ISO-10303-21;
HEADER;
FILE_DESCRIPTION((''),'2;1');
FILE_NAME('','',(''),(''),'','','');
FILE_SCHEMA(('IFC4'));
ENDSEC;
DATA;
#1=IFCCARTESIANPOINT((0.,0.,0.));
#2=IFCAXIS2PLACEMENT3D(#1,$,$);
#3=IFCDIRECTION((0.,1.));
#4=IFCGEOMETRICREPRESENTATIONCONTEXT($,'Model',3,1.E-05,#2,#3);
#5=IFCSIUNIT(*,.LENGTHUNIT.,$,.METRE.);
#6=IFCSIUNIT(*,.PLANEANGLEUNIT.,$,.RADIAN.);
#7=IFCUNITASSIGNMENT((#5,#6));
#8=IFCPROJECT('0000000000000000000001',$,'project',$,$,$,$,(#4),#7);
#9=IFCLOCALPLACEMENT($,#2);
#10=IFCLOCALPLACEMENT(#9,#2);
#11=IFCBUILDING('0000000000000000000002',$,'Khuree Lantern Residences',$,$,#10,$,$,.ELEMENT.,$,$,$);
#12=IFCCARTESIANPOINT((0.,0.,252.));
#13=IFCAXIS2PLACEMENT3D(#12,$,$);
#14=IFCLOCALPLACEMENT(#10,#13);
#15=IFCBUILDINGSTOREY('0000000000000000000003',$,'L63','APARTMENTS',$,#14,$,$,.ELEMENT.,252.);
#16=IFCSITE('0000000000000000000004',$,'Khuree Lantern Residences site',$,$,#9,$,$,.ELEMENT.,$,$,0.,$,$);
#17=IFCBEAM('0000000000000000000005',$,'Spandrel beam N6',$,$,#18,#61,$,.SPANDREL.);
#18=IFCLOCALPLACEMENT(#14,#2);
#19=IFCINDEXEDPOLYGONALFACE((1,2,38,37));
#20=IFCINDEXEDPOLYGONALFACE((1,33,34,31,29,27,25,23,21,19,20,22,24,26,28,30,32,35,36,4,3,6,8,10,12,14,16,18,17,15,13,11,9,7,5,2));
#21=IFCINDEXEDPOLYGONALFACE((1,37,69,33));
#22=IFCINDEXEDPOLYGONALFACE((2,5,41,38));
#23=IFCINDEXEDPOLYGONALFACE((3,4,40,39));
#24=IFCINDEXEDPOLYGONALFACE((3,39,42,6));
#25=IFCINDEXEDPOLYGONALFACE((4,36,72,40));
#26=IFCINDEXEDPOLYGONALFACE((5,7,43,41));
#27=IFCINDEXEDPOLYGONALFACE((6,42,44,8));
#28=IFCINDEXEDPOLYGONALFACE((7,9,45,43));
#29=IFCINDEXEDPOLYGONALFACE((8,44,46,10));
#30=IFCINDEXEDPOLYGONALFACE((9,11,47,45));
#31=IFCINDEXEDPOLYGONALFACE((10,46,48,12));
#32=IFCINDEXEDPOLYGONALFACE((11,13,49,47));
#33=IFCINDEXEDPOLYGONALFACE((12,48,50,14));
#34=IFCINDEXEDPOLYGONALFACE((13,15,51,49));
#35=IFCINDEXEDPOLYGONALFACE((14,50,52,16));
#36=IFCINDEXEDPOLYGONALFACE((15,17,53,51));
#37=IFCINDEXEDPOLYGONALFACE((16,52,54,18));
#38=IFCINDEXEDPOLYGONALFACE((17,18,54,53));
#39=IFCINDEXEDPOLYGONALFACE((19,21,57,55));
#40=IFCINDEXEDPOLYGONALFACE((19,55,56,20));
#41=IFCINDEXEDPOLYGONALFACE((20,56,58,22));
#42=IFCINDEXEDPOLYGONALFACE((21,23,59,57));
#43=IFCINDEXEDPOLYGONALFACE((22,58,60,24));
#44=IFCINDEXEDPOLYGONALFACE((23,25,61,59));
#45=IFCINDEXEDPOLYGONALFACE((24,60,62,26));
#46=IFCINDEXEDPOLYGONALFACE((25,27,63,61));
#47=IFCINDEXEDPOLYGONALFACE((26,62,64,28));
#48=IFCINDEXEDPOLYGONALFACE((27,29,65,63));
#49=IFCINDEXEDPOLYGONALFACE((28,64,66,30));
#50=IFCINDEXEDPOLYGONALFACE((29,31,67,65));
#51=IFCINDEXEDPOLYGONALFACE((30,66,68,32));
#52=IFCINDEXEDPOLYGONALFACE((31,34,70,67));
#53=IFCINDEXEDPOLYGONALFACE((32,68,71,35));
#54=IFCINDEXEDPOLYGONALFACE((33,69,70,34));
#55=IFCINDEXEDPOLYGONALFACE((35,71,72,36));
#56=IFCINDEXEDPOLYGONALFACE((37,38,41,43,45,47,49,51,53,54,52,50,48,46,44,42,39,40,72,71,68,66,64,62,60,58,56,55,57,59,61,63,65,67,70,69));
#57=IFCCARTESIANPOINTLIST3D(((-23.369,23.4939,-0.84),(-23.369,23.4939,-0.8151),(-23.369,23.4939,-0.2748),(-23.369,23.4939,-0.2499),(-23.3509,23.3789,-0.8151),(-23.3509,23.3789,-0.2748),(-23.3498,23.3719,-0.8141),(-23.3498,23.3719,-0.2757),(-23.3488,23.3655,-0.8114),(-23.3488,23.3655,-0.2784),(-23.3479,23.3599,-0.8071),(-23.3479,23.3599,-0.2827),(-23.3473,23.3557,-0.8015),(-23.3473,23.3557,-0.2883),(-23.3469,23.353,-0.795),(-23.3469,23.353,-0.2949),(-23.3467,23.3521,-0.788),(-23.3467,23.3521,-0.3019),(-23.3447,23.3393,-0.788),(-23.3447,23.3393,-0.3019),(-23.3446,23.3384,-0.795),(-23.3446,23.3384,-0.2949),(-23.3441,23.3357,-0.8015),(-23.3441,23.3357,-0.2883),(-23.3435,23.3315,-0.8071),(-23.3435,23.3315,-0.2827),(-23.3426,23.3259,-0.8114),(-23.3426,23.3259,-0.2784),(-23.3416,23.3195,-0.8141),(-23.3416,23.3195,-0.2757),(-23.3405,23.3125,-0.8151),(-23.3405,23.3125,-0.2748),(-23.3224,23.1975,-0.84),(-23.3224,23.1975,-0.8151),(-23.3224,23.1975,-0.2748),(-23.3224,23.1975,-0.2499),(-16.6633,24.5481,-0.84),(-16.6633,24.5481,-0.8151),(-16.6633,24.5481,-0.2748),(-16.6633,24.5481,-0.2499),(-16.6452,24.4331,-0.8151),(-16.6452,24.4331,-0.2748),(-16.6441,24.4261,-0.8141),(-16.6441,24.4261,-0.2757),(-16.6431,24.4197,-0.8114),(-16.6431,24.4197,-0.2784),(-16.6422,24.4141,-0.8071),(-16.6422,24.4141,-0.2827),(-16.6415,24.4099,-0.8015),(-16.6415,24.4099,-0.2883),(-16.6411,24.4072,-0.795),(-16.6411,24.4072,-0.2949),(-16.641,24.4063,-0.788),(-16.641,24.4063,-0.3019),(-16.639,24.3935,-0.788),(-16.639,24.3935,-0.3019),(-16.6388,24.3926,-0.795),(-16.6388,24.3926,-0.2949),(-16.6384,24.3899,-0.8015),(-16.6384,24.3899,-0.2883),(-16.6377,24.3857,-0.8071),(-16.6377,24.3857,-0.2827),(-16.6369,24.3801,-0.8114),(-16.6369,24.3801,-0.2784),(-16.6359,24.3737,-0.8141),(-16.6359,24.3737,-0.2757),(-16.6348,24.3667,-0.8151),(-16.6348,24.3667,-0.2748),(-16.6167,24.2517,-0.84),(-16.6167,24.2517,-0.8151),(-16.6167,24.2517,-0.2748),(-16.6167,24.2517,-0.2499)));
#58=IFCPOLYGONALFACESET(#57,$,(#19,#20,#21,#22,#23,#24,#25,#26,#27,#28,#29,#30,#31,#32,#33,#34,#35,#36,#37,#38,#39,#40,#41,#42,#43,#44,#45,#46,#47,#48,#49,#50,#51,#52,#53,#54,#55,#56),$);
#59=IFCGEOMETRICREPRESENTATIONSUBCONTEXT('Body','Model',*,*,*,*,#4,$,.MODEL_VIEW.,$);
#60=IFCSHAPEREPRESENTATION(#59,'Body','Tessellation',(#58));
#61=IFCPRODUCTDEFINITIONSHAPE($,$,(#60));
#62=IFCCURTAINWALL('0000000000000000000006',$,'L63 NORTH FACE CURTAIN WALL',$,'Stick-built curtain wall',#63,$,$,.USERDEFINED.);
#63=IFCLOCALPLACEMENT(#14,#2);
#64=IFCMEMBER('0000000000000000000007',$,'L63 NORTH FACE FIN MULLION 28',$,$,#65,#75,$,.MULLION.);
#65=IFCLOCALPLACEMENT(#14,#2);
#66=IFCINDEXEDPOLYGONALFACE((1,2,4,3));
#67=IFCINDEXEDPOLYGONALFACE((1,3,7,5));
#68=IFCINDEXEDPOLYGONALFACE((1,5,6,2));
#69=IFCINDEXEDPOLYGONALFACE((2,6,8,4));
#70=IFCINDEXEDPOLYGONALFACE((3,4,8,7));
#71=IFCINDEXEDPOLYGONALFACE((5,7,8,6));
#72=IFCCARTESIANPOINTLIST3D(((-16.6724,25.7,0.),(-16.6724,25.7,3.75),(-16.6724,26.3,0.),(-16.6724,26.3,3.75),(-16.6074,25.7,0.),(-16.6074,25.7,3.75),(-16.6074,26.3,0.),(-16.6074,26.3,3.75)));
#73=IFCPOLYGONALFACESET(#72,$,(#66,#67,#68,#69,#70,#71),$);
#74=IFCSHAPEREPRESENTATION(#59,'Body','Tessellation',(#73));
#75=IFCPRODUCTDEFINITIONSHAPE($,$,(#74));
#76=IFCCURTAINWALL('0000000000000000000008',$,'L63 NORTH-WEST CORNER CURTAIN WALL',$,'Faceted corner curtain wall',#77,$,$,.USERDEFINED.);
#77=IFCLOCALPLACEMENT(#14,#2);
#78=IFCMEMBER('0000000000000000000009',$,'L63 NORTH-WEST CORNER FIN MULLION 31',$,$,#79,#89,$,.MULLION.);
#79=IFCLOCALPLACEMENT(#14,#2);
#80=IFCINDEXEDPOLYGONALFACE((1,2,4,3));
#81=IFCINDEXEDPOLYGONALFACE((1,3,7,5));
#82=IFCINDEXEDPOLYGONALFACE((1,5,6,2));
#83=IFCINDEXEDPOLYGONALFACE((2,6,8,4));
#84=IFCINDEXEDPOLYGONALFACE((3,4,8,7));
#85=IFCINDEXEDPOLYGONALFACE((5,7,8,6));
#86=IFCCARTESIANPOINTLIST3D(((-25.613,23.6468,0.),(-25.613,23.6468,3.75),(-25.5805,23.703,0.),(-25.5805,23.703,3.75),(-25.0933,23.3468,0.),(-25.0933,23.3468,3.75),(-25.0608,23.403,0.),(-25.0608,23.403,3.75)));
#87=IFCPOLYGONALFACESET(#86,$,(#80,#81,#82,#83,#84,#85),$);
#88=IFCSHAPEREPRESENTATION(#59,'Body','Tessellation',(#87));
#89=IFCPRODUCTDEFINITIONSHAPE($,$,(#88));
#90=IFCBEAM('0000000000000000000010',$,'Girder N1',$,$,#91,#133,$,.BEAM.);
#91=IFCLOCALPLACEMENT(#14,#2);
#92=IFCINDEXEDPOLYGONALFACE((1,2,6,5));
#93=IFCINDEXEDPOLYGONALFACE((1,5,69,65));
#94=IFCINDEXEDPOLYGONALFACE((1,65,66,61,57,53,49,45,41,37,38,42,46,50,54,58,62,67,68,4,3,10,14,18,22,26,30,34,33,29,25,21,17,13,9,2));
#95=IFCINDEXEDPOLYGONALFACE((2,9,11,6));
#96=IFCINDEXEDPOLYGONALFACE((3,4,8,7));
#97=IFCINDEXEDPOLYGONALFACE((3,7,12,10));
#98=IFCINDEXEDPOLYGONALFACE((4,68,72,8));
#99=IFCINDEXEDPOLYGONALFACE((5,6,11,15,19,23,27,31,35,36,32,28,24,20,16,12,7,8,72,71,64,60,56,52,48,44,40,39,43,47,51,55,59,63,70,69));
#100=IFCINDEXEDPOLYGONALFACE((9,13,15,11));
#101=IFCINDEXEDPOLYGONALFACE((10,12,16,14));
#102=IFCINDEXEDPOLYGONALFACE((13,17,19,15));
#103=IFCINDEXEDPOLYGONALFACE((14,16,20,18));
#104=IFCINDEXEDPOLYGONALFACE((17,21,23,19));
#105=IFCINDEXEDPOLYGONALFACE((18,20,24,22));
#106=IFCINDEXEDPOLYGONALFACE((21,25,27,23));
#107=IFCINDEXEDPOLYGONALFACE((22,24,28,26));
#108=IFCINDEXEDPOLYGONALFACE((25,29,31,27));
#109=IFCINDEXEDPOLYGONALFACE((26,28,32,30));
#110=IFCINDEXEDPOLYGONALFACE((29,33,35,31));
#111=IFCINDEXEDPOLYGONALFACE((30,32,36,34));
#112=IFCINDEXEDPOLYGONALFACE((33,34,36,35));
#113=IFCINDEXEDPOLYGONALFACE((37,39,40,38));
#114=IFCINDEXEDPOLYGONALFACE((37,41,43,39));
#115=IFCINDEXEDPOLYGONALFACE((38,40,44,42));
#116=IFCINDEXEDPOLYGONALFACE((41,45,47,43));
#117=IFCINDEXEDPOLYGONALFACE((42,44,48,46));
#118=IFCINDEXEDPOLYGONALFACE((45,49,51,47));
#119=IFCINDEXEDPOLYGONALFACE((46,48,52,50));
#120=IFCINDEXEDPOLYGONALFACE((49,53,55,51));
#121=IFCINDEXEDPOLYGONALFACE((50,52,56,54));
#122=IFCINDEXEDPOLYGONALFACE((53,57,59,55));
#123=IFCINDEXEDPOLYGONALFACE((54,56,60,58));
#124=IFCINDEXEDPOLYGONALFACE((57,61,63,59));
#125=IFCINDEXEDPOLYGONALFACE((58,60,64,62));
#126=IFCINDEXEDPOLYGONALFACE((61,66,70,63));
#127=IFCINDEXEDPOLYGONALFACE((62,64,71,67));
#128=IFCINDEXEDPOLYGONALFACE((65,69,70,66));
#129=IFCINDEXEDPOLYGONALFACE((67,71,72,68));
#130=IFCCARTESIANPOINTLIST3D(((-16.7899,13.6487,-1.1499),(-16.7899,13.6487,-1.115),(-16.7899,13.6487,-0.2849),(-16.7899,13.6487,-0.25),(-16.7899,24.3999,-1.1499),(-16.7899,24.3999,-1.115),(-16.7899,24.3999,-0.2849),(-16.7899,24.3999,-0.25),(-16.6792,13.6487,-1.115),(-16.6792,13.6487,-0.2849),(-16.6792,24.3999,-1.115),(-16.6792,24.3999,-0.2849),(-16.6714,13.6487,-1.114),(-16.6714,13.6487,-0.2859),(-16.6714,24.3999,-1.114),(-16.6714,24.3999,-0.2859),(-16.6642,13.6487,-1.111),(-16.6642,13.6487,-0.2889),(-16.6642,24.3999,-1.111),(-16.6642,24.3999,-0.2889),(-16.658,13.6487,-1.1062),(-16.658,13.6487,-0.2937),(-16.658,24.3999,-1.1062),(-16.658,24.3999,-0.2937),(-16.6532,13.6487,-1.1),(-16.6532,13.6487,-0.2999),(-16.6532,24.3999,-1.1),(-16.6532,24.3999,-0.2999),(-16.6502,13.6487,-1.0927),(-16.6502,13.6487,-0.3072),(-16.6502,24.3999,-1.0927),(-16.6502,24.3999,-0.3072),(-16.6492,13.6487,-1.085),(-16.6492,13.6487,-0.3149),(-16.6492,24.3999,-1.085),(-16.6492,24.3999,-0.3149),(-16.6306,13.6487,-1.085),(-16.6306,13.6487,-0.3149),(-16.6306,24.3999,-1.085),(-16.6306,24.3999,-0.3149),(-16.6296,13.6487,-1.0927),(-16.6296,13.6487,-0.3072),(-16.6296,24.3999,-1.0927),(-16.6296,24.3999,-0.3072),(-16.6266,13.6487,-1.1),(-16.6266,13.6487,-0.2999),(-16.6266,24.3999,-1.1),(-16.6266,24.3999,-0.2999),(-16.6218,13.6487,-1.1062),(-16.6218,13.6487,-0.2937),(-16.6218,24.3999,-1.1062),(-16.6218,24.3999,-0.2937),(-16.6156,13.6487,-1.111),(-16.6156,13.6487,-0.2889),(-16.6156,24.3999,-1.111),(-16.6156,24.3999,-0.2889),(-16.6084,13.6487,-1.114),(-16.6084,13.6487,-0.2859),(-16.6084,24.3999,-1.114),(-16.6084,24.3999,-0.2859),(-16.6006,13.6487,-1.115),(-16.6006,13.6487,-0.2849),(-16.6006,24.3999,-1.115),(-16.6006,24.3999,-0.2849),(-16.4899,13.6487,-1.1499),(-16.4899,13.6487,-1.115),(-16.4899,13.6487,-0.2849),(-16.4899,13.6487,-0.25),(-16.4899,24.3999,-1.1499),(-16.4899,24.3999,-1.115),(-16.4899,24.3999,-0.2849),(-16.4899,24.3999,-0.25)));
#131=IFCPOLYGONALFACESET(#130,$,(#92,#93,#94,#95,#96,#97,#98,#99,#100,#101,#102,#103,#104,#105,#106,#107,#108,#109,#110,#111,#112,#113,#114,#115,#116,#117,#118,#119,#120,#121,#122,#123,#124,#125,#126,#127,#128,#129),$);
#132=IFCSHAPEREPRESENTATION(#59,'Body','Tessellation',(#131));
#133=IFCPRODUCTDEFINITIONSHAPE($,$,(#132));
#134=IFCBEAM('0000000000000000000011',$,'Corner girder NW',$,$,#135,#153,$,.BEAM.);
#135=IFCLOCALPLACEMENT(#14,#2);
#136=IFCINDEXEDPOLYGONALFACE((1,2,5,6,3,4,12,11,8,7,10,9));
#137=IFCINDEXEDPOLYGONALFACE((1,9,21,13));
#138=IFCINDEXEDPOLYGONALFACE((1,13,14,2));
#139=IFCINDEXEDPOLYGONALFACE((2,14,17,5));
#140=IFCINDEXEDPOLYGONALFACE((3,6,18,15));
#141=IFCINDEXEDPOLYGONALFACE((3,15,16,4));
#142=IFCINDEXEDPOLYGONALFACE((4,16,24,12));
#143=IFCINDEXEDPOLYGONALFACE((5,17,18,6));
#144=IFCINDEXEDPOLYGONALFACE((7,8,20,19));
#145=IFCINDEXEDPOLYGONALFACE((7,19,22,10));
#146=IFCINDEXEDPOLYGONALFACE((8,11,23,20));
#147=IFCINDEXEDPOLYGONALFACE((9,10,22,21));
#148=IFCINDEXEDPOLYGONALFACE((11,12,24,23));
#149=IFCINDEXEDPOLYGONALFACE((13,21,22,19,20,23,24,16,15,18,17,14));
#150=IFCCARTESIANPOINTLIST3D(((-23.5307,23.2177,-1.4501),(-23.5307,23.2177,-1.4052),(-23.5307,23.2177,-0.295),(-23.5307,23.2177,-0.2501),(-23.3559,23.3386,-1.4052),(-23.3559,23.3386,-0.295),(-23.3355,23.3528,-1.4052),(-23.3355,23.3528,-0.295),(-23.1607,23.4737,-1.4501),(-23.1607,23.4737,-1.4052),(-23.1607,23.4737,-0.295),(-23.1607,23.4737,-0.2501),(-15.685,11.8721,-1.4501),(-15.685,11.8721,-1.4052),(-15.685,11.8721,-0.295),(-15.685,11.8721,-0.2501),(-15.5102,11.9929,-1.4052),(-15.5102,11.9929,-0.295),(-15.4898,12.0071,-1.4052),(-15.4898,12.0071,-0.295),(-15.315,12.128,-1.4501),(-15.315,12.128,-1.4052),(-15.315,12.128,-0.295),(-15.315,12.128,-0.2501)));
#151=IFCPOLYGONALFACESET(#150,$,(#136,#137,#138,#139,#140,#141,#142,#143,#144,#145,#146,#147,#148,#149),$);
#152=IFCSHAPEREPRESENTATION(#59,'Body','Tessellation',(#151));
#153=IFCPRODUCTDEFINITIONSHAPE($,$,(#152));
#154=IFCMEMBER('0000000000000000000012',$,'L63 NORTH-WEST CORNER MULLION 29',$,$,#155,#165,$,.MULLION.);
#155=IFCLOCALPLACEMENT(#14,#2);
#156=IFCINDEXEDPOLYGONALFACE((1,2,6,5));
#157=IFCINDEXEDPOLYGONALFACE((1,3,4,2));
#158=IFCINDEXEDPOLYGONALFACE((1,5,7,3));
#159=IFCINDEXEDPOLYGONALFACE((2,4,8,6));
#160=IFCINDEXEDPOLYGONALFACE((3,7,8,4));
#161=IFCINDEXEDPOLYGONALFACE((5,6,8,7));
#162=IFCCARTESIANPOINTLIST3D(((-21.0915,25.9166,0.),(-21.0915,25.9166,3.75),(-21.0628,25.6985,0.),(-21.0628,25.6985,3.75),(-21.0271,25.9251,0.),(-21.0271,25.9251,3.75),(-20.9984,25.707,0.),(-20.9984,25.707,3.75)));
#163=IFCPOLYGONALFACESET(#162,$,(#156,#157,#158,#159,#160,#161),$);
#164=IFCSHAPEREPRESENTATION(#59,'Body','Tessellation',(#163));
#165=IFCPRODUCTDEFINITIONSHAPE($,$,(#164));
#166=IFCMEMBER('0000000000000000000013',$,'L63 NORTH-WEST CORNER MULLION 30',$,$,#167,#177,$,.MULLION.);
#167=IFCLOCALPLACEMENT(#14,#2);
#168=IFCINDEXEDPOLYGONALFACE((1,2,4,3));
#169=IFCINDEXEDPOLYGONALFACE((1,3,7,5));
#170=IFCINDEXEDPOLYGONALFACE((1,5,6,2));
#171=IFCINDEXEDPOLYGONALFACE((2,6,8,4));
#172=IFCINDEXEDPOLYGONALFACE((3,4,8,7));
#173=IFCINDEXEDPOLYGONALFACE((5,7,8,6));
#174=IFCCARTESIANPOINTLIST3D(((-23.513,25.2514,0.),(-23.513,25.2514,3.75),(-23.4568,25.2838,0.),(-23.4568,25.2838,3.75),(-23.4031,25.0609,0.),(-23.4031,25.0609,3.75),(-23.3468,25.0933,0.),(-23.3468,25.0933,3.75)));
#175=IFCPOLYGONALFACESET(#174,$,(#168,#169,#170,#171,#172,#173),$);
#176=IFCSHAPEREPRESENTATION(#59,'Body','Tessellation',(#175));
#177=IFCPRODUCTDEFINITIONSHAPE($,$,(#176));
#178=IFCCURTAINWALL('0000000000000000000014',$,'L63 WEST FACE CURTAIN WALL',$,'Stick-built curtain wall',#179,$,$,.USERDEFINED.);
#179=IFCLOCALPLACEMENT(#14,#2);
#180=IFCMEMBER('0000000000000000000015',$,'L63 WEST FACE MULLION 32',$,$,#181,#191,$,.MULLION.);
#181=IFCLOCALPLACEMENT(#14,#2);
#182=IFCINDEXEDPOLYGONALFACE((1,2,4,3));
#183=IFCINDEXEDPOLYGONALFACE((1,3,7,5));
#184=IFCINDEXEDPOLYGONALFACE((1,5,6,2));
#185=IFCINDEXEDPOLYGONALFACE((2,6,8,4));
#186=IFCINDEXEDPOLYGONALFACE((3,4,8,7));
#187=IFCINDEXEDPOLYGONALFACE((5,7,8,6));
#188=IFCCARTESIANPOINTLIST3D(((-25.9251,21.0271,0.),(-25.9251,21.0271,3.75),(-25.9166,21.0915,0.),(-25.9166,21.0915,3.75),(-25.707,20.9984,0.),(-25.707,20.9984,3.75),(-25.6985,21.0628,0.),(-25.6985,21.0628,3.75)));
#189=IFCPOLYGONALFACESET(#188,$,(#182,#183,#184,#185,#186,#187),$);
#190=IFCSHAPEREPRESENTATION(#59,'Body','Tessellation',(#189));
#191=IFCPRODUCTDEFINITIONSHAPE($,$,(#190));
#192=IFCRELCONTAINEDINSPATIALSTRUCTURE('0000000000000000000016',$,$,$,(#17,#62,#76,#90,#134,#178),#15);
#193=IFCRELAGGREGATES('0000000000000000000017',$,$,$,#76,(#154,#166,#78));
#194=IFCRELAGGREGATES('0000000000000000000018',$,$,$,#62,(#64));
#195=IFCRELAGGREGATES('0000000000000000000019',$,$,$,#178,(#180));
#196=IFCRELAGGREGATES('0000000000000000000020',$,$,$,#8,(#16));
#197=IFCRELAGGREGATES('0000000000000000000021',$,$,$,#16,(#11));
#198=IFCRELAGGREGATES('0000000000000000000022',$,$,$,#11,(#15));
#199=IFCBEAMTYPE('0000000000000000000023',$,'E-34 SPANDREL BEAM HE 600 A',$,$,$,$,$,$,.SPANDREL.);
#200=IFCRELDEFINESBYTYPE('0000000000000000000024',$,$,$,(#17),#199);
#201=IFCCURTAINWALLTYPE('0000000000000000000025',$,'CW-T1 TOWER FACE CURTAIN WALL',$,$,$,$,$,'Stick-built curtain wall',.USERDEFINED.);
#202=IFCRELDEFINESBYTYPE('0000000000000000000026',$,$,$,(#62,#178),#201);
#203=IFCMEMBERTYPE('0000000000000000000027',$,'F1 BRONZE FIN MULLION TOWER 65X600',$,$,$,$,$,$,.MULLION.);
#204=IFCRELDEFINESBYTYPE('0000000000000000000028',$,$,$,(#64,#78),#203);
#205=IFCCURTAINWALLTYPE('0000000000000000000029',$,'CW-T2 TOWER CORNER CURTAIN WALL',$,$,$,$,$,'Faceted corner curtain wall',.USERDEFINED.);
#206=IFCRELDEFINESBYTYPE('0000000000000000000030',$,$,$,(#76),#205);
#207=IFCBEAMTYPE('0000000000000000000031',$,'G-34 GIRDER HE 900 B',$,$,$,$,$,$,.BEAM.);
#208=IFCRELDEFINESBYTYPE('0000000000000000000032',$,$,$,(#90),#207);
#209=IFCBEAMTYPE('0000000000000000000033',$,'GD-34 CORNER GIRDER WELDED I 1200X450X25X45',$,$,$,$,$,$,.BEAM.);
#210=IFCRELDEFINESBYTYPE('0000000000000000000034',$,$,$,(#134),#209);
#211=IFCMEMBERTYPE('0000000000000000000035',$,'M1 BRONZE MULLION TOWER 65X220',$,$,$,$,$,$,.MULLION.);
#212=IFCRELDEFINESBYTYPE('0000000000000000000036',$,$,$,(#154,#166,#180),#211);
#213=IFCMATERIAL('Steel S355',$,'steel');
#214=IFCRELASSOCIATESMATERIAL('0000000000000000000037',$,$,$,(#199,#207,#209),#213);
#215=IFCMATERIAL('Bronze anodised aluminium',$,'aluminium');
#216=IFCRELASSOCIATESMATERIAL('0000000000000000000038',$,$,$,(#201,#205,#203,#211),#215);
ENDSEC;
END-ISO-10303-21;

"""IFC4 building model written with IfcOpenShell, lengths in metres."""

from ifc_helpers import new_model, si_unit, direction, frame, origin, origin_2d, place, context, subcontext, project, spatial, rectangle, i_section, extrude, material, material_profile, profile_set, type_object, element, aggregate, save


model = new_model("IFC4")

# Units and contexts
model_context = context("Model", 3, precision=1e-05, world=origin(), true_north=direction((0.0, 1.0)))
body_context = subcontext(model_context, "Body", "Model", "MODEL_VIEW")
ifc_project = project(units=[si_unit("LENGTHUNIT", "METRE"), si_unit("PLANEANGLEUNIT", "RADIAN")], contexts=[model_context])

# Site, building, storey
site_placement = place(None, origin())
site = spatial("IfcSite", under=ifc_project, at=site_placement, Name="Khuree Lantern Residences site", CompositionType="ELEMENT", RefElevation=0.0)
building_placement = place(site_placement, origin())
building = spatial("IfcBuilding", under=site, at=building_placement, Name="Khuree Lantern Residences", CompositionType="ELEMENT")
storey_placement = place(building_placement, frame((0.0, 0.0, 252.0)))
storey = spatial("IfcBuildingStorey", under=building, at=storey_placement, Name="L63", Description="APARTMENTS", CompositionType="ELEMENT", Elevation=252.0)

# Beam
ifc_material_1 = material(Name="Steel S355", Category="steel")
ifc_material_profile_1 = material_profile(ifc_material_1, i_section(OverallWidth=0.3, OverallDepth=0.5901, WebThickness=0.0129, FlangeThickness=0.0249, FilletRadius=0.0271, at=origin_2d()), Name="HE 600 A")
ifc_profile_set_1 = profile_set([ifc_material_profile_1], Name="Steel S355")
beam_type_1 = type_object("IfcBeamType", Name="E-34 SPANDREL BEAM HE 600 A", PredefinedType="SPANDREL", material=ifc_profile_set_1)
beam_1_placement = place(storey_placement, frame((-23.3457, 23.3457, -0.5449), z_axis=(0.987867, 0.1553, 0.0), x_axis=(-0.1553, 0.987867, 0.0)))
element("IfcBeam", 1, at=beam_1_placement, inside=storey, type_object=beam_type_1, Name="Spandrel beam N6", PredefinedType="SPANDREL", context=body_context, shape_type="SweptSolid", body=[
    extrude(i_section(OverallWidth=0.3, OverallDepth=0.5901, WebThickness=0.0129, FlangeThickness=0.0249, FilletRadius=0.0271, at=origin_2d()), origin(), (0.0, 0.0, 1.0), 6.7881),
])

# Curtain walls, members
ifc_material_2 = material(Name="Bronze anodised aluminium", Category="aluminium")
curtain_wall_type_1 = type_object("IfcCurtainWallType", Name="CW-T1 TOWER FACE CURTAIN WALL", ElementType="Stick-built curtain wall", PredefinedType="USERDEFINED", material=ifc_material_2)
curtain_wall_1_placement = place(storey_placement, origin())
curtain_wall_1 = element("IfcCurtainWall", 2, at=curtain_wall_1_placement, inside=storey, type_object=curtain_wall_type_1, Name="L63 NORTH FACE CURTAIN WALL", ObjectType="Stick-built curtain wall", PredefinedType="USERDEFINED")
ifc_material_profile_2 = material_profile(ifc_material_2, rectangle(XDim=0.0649, YDim=0.6001, at=origin_2d()), Name="F1 65X600")
ifc_profile_set_2 = profile_set([ifc_material_profile_2], Name="Bronze anodised aluminium")
member_type_1 = type_object("IfcMemberType", Name="F1 BRONZE FIN MULLION TOWER 65X600", PredefinedType="MULLION", material=ifc_profile_set_2)
member_1_placement = place(storey_placement, frame((-16.6399, 26.0, 0.0), z_axis=(0.0, 0.0, 1.0), x_axis=(-1.0, 0.0, 0.0)))
member_1 = element("IfcMember", 3, at=member_1_placement, type_object=member_type_1, Name="L63 NORTH FACE FIN MULLION 28", PredefinedType="MULLION", context=body_context, shape_type="SweptSolid", body=[
    extrude(rectangle(XDim=0.0649, YDim=0.6001, at=origin_2d()), origin(), (0.0, 0.0, 1.0), 3.75),
])
curtain_wall_type_2 = type_object("IfcCurtainWallType", Name="CW-T2 TOWER CORNER CURTAIN WALL", ElementType="Faceted corner curtain wall", PredefinedType="USERDEFINED", material=ifc_material_2)
curtain_wall_2_placement = place(storey_placement, origin())
curtain_wall_2 = element("IfcCurtainWall", 4, at=curtain_wall_2_placement, inside=storey, type_object=curtain_wall_type_2, Name="L63 NORTH-WEST CORNER CURTAIN WALL", ObjectType="Faceted corner curtain wall", PredefinedType="USERDEFINED")
member_2_placement = place(storey_placement, frame((-25.3369, 23.5249, 0.0), z_axis=(0.0, 0.0, 1.0), x_axis=(-0.5, -0.866025, 0.0)))
member_2 = element("IfcMember", 5, at=member_2_placement, type_object=member_type_1, Name="L63 NORTH-WEST CORNER FIN MULLION 31", PredefinedType="MULLION", context=body_context, shape_type="SweptSolid", body=[
    extrude(rectangle(XDim=0.0649, YDim=0.6001, at=origin_2d()), origin(), (0.0, 0.0, 1.0), 3.75),
])

# Beams
ifc_material_profile_3 = material_profile(ifc_material_1, i_section(OverallWidth=0.3, OverallDepth=0.8999, WebThickness=0.0186, FlangeThickness=0.0349, FilletRadius=0.03, at=origin_2d()), Name="HE 900 B")
ifc_profile_set_3 = profile_set([ifc_material_profile_3], Name="Steel S355")
beam_type_2 = type_object("IfcBeamType", Name="G-34 GIRDER HE 900 B", PredefinedType="BEAM", material=ifc_profile_set_3)
beam_2_placement = place(storey_placement, frame((-16.6399, 24.3999, -0.7), z_axis=(0.0, -1.0, 0.0), x_axis=(1.0, 0.0, 0.0)))
element("IfcBeam", 6, at=beam_2_placement, inside=storey, type_object=beam_type_2, Name="Girder N1", PredefinedType="BEAM", context=body_context, shape_type="SweptSolid", body=[
    extrude(i_section(OverallWidth=0.3, OverallDepth=0.8999, WebThickness=0.0186, FlangeThickness=0.0349, FilletRadius=0.03, at=origin_2d()), origin(), (0.0, 0.0, 1.0), 10.7512),
])
ifc_material_profile_4 = material_profile(ifc_material_1, i_section(OverallWidth=0.45, OverallDepth=1.2, WebThickness=0.0249, FlangeThickness=0.0449, at=origin_2d()), Name="WELDED I 1200X450X25X45")
ifc_profile_set_4 = profile_set([ifc_material_profile_4], Name="Steel S355")
beam_type_3 = type_object("IfcBeamType", Name="GD-34 CORNER GIRDER WELDED I 1200X450X25X45", PredefinedType="BEAM", material=ifc_profile_set_4)
beam_3_placement = place(storey_placement, frame((-23.3457, 23.3457, -0.8501), z_axis=(0.568768, -0.822498, 0.0), x_axis=(0.822498, 0.568768, 0.0)))
element("IfcBeam", 7, at=beam_3_placement, inside=storey, type_object=beam_type_3, Name="Corner girder NW", PredefinedType="BEAM", context=body_context, shape_type="SweptSolid", body=[
    extrude(i_section(OverallWidth=0.45, OverallDepth=1.2, WebThickness=0.0249, FlangeThickness=0.0449, at=origin_2d()), origin(), (0.0, 0.0, 1.0), 13.7942),
])

# Members
ifc_material_profile_5 = material_profile(ifc_material_2, rectangle(XDim=0.0649, YDim=0.22, at=origin_2d()), Name="M1 65X220")
ifc_profile_set_5 = profile_set([ifc_material_profile_5], Name="Bronze anodised aluminium")
member_type_2 = type_object("IfcMemberType", Name="M1 BRONZE MULLION TOWER 65X220", PredefinedType="MULLION", material=ifc_profile_set_5)
member_3_placement = place(storey_placement, frame((-21.0449, 25.8118, 0.0), z_axis=(0.0, 0.0, 1.0), x_axis=(-0.991445, -0.130526, 0.0)))
member_3 = element("IfcMember", 8, at=member_3_placement, type_object=member_type_2, Name="L63 NORTH-WEST CORNER MULLION 29", PredefinedType="MULLION", context=body_context, shape_type="SweptSolid", body=[
    extrude(rectangle(XDim=0.0649, YDim=0.22, at=origin_2d()), origin(), (0.0, 0.0, 1.0), 3.75),
])
member_4_placement = place(storey_placement, frame((-23.4299, 25.1724, 0.0), z_axis=(0.0, 0.0, 1.0), x_axis=(-0.866025, -0.5, 0.0)))
member_4 = element("IfcMember", 9, at=member_4_placement, type_object=member_type_2, Name="L63 NORTH-WEST CORNER MULLION 30", PredefinedType="MULLION", context=body_context, shape_type="SweptSolid", body=[
    extrude(rectangle(XDim=0.0649, YDim=0.22, at=origin_2d()), origin(), (0.0, 0.0, 1.0), 3.75),
])

# Curtain wall, member
curtain_wall_3_placement = place(storey_placement, origin())
curtain_wall_3 = element("IfcCurtainWall", 10, at=curtain_wall_3_placement, inside=storey, type_object=curtain_wall_type_1, Name="L63 WEST FACE CURTAIN WALL", ObjectType="Stick-built curtain wall", PredefinedType="USERDEFINED")
member_5_placement = place(storey_placement, frame((-25.8118, 21.0449, 0.0), z_axis=(0.0, 0.0, 1.0), x_axis=(-0.130526, -0.991445, 0.0)))
member_5 = element("IfcMember", 11, at=member_5_placement, type_object=member_type_2, Name="L63 WEST FACE MULLION 32", PredefinedType="MULLION", context=body_context, shape_type="SweptSolid", body=[
    extrude(rectangle(XDim=0.0649, YDim=0.22, at=origin_2d()), origin(), (0.0, 0.0, 1.0), 3.75),
])

aggregate(curtain_wall_2, [member_3, member_4, member_2])
aggregate(curtain_wall_1, [member_1])
aggregate(curtain_wall_3, [member_5])

save(model, "model.ifc")
